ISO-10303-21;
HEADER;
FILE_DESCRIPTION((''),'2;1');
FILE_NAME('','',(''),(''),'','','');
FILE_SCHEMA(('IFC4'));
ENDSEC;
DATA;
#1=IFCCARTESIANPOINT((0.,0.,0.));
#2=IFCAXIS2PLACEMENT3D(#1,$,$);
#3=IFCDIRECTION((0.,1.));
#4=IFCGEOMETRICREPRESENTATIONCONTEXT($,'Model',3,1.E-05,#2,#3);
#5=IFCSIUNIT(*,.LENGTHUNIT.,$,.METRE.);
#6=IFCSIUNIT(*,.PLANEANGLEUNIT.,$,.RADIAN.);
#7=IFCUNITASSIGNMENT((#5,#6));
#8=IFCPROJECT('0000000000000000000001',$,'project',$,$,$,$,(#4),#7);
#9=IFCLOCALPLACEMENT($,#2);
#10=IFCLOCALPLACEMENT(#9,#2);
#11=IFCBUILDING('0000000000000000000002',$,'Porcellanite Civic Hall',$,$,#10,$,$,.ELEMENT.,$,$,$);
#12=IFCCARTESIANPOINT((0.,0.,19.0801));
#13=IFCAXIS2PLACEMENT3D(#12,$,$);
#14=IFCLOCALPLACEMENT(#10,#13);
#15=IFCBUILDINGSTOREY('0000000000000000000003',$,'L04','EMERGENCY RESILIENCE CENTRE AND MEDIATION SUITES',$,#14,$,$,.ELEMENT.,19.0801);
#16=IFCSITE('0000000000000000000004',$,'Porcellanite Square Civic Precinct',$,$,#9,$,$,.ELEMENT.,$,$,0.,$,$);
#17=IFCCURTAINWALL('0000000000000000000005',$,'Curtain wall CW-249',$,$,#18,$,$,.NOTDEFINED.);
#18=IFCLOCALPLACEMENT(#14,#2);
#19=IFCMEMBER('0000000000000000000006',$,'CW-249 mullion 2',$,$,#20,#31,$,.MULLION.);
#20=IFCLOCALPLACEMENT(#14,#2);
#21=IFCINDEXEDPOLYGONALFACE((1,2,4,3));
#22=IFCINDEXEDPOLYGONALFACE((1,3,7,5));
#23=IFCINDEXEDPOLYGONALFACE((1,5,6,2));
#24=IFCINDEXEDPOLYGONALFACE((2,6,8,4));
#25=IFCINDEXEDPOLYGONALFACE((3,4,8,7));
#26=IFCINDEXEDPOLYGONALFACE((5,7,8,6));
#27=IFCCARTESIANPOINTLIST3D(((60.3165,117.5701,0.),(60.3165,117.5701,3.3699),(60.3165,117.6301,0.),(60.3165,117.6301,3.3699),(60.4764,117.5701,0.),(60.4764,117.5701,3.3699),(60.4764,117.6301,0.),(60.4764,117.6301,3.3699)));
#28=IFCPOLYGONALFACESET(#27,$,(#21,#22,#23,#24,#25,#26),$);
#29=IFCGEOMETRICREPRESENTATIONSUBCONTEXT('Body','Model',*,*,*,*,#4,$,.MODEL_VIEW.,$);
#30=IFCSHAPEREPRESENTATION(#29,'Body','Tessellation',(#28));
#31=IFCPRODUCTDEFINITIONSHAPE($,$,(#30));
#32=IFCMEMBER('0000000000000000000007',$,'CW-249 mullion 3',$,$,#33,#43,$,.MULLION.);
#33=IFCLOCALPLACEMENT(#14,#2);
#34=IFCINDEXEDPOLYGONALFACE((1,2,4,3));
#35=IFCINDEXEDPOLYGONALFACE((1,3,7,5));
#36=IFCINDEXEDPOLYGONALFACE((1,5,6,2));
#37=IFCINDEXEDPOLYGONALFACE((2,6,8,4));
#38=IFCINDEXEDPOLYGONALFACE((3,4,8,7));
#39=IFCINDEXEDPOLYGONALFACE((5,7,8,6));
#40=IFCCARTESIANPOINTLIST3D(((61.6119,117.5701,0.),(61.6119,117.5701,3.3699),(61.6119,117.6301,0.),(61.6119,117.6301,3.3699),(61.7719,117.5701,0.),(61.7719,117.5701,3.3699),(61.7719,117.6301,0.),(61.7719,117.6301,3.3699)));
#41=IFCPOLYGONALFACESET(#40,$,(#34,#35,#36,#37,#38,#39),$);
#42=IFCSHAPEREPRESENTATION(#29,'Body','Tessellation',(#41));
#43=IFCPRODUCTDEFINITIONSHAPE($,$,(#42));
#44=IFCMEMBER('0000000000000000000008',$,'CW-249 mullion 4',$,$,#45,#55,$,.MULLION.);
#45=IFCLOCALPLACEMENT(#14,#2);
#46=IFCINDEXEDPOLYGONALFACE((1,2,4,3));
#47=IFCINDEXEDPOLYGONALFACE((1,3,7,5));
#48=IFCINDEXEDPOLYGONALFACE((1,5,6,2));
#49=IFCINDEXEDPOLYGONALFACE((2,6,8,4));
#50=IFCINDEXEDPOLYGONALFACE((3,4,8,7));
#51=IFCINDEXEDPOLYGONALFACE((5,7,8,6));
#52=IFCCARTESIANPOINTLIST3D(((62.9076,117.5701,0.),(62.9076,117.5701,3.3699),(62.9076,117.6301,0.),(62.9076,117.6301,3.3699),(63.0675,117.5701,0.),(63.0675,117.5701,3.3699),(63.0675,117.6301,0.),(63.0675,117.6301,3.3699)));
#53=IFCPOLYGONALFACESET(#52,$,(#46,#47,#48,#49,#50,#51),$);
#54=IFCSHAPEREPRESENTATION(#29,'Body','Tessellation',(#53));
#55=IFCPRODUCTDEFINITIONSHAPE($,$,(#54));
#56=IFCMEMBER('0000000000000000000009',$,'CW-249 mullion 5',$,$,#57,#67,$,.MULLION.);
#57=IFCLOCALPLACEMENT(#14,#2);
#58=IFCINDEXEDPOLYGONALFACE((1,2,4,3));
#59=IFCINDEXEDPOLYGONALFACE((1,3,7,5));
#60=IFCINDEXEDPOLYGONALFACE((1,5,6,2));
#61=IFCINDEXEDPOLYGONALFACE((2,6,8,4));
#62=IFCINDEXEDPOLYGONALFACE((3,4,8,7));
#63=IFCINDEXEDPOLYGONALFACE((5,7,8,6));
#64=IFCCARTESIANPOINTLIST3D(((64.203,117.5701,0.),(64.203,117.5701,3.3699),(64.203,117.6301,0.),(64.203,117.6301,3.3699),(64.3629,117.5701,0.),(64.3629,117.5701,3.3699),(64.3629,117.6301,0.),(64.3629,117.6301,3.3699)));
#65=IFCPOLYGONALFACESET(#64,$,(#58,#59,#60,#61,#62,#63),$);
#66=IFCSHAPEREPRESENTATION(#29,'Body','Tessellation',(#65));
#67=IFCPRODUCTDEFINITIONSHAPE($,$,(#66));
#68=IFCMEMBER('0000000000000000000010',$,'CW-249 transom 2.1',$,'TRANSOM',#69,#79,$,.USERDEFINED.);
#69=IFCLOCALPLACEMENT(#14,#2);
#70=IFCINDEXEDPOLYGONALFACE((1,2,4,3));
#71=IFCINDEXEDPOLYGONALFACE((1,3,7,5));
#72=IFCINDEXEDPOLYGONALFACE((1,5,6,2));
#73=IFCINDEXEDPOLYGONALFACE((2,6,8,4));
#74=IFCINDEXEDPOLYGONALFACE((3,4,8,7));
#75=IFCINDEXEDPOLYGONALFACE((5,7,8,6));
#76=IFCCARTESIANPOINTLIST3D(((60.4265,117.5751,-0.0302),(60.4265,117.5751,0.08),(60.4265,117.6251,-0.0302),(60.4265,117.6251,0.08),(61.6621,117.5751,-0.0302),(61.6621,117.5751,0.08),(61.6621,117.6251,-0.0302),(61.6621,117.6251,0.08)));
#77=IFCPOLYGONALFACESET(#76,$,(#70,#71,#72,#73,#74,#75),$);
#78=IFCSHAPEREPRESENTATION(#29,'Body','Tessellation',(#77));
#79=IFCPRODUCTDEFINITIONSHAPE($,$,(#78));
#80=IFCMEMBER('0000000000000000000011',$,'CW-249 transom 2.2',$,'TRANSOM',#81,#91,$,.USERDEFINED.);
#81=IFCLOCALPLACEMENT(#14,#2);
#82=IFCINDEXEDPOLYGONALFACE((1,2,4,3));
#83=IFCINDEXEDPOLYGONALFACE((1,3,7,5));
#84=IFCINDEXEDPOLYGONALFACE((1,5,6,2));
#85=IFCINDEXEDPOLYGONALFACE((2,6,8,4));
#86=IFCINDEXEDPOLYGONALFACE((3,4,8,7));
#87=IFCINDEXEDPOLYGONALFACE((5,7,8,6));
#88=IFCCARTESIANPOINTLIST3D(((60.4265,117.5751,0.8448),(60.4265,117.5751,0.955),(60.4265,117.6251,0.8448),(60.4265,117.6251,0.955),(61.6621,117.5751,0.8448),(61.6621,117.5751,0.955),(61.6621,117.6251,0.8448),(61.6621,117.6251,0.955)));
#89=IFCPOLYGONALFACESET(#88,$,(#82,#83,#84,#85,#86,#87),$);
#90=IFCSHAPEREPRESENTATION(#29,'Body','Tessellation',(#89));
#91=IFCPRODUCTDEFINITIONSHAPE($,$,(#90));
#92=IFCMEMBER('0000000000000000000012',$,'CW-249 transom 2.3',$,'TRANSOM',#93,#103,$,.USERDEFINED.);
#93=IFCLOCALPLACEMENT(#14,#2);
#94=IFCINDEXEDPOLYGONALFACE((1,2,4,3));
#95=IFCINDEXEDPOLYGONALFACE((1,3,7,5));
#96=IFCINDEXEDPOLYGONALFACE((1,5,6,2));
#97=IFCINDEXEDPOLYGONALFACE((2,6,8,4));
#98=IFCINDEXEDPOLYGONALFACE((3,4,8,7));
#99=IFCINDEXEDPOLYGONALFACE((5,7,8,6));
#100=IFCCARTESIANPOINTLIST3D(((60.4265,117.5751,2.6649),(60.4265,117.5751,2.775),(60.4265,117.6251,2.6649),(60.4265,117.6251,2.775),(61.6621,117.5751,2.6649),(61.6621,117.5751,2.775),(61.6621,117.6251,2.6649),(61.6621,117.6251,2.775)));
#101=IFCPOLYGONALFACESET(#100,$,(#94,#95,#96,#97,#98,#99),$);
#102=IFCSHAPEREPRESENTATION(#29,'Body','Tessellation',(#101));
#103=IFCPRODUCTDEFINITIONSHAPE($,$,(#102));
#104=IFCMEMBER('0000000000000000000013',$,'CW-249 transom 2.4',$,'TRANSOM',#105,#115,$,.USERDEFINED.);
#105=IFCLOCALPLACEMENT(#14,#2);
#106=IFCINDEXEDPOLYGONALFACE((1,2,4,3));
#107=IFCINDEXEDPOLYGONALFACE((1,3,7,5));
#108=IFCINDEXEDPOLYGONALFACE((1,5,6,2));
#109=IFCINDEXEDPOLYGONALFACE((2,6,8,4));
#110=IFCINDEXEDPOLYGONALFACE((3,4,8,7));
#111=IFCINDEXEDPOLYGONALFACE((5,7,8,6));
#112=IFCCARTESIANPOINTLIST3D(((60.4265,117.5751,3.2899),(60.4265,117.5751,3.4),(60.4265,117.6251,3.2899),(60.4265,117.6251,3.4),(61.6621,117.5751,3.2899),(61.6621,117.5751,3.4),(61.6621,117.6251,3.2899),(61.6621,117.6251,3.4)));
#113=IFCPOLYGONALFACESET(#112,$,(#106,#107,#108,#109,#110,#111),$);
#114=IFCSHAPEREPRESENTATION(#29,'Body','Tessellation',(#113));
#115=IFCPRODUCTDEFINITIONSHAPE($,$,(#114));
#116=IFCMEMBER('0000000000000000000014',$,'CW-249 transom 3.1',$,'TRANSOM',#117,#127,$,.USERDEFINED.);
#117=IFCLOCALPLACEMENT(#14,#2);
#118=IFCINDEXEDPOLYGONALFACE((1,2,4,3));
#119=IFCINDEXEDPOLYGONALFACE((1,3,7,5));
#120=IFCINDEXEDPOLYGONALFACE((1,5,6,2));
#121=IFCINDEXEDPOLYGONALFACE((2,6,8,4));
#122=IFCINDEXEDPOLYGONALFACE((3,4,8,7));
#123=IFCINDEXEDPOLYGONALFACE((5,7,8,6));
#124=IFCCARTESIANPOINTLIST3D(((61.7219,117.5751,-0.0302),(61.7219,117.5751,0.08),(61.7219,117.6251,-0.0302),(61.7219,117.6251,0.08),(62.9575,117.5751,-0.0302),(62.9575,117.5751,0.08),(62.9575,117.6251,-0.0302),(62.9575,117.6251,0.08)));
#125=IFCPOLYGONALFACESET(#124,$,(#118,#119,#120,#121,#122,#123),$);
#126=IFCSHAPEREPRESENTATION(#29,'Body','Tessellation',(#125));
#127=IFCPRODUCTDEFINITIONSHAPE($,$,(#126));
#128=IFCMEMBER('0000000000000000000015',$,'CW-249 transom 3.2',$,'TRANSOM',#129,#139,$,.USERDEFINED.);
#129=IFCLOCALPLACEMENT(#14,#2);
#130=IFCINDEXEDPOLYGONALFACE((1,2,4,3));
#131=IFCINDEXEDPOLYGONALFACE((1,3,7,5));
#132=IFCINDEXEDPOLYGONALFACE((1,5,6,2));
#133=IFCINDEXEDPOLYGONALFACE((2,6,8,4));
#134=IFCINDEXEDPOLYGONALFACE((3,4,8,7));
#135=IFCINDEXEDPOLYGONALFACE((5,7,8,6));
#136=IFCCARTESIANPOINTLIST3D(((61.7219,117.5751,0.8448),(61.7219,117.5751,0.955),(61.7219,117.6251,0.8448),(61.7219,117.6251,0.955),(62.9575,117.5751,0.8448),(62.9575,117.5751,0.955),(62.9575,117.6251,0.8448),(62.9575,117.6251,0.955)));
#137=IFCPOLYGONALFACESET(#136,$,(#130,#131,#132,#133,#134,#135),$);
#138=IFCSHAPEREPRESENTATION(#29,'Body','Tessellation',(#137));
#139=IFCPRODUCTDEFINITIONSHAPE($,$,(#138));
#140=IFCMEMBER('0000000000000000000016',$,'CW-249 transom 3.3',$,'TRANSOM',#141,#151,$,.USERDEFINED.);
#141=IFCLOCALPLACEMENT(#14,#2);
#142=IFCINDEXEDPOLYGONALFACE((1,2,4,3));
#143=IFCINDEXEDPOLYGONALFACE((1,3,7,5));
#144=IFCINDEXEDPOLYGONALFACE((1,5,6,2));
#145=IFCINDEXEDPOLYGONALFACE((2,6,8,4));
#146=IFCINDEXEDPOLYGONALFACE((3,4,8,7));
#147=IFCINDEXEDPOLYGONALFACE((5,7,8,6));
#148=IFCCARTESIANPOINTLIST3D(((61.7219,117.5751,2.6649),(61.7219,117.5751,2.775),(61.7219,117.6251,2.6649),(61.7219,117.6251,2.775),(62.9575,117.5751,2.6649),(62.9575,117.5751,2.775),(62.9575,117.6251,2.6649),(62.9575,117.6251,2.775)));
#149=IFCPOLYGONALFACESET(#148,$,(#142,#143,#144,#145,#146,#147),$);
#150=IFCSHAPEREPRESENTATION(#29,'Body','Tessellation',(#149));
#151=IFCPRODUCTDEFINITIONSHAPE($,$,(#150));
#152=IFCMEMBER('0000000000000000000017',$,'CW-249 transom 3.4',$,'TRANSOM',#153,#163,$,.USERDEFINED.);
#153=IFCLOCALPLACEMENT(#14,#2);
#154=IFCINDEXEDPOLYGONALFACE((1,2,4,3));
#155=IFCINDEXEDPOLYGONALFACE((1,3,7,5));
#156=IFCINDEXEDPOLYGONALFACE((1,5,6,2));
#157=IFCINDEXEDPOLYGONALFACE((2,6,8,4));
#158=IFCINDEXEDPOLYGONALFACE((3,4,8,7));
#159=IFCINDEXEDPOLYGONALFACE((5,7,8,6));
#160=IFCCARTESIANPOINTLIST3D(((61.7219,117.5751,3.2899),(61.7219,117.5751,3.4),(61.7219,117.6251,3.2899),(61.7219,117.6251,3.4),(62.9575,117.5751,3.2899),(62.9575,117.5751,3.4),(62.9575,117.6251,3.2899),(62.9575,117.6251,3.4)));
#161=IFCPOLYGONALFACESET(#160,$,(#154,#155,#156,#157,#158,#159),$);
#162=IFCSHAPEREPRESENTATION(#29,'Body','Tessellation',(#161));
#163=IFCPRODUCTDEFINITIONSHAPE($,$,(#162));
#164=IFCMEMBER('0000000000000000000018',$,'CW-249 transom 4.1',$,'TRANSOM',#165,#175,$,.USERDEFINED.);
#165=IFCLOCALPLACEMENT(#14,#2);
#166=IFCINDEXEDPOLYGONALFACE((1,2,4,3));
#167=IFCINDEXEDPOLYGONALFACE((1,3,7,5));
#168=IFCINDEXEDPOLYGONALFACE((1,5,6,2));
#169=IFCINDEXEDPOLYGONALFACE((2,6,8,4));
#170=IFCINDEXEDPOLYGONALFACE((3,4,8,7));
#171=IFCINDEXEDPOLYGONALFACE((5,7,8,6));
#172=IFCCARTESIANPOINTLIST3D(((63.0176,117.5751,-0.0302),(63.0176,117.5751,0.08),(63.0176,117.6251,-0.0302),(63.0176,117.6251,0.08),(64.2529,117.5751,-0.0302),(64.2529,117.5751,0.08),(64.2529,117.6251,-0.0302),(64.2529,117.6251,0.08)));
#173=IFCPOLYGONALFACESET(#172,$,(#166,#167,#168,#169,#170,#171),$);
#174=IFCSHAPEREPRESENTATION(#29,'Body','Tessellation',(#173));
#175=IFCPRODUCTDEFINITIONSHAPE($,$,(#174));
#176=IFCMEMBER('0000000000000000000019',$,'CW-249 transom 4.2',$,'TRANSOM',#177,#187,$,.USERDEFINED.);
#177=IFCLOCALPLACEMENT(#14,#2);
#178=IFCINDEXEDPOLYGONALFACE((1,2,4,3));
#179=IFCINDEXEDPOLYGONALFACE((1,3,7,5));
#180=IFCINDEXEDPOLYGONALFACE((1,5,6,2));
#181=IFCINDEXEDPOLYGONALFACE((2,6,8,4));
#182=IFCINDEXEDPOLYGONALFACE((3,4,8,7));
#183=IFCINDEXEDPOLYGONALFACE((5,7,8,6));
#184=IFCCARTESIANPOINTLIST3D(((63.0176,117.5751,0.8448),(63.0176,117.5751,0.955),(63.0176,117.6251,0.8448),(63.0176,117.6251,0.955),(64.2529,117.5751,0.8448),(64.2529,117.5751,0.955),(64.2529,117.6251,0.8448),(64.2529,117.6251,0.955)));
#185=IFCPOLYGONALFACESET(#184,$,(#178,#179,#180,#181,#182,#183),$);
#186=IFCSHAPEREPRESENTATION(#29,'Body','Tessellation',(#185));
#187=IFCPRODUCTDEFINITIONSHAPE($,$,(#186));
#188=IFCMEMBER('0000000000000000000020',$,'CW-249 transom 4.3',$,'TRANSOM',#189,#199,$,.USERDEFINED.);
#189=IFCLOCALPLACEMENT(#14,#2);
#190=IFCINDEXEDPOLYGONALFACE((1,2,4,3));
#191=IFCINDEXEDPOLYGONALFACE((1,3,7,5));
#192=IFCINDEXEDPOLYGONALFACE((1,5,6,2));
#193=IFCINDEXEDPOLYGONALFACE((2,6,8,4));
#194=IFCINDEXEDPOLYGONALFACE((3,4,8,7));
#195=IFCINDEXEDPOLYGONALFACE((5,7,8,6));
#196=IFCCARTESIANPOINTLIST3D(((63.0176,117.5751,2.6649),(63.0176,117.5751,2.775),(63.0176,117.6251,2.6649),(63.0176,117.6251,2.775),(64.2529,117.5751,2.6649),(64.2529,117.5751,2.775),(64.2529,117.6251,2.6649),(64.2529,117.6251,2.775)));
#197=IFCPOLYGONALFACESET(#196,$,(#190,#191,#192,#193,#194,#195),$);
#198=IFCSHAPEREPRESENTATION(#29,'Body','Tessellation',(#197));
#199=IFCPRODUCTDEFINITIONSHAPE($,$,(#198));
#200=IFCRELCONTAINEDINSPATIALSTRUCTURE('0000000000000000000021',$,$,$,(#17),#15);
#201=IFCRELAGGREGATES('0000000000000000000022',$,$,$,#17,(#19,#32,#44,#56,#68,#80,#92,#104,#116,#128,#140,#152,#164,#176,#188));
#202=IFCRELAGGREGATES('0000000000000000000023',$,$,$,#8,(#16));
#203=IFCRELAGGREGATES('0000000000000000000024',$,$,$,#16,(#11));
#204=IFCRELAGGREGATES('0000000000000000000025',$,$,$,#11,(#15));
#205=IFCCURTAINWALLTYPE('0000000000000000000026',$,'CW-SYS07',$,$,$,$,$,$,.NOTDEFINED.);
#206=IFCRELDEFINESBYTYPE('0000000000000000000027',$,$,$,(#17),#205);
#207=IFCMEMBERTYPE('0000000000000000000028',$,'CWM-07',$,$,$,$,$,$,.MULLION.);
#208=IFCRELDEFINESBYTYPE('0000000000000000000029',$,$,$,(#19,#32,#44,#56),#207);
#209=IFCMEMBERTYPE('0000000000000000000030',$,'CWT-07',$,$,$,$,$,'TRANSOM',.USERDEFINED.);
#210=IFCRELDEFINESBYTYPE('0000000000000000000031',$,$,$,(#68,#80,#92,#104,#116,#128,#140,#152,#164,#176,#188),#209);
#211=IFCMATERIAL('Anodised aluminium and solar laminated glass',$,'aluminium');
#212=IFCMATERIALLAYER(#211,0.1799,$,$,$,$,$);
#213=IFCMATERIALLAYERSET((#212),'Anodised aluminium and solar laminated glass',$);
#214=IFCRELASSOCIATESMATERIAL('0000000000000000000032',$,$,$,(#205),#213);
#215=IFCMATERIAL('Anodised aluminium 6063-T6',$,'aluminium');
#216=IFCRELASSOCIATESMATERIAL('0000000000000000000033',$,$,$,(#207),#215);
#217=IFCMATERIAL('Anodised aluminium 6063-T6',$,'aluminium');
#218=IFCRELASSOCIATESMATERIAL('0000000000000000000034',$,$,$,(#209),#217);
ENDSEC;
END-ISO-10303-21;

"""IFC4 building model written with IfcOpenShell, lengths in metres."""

from ifc_helpers import new_model, si_unit, direction, frame, origin, origin_2d, place, context, subcontext, project, spatial, rectangle, extrude, material, layer, layer_set, material_profile, profile_set, type_object, element, aggregate, save


model = new_model("IFC4")

# Units and contexts
model_context = context("Model", 3, precision=1e-05, world=origin(), true_north=direction((0.0, 1.0)))
body_context = subcontext(model_context, "Body", "Model", "MODEL_VIEW")
ifc_project = project(units=[si_unit("LENGTHUNIT", "METRE"), si_unit("PLANEANGLEUNIT", "RADIAN")], contexts=[model_context])

# Site, building, storey
site_placement = place(None, origin())
site = spatial("IfcSite", under=ifc_project, at=site_placement, Name="Porcellanite Square Civic Precinct", CompositionType="ELEMENT", RefElevation=0.0)
building_placement = place(site_placement, origin())
building = spatial("IfcBuilding", under=site, at=building_placement, Name="Porcellanite Civic Hall", CompositionType="ELEMENT")
storey_placement = place(building_placement, frame((0.0, 0.0, 19.0801)))
storey = spatial("IfcBuildingStorey", under=building, at=storey_placement, Name="L04", Description="EMERGENCY RESILIENCE CENTRE AND MEDIATION SUITES", CompositionType="ELEMENT", Elevation=19.0801)

# Curtain wall, members
ifc_material_1 = material(Name="Anodised aluminium and solar laminated glass", Category="aluminium")
ifc_layer_1 = layer(ifc_material_1, 0.1799)
ifc_layer_set_1 = layer_set([ifc_layer_1], Name="Anodised aluminium and solar laminated glass")
curtain_wall_type = type_object("IfcCurtainWallType", Name="CW-SYS07", PredefinedType="NOTDEFINED", material=ifc_layer_set_1)
curtain_wall_placement = place(storey_placement, origin())
curtain_wall = element("IfcCurtainWall", 1, at=curtain_wall_placement, inside=storey, type_object=curtain_wall_type, Name="Curtain wall CW-249", PredefinedType="NOTDEFINED")
ifc_material_2 = material(Name="Anodised aluminium 6063-T6", Category="aluminium")
ifc_material_profile_1 = material_profile(ifc_material_2, rectangle(XDim=0.0601, YDim=0.1599, at=origin_2d()), Name="AL-60x160")
ifc_profile_set_1 = profile_set([ifc_material_profile_1], Name="Anodised aluminium 6063-T6")
member_type_1 = type_object("IfcMemberType", Name="CWM-07", PredefinedType="MULLION", material=ifc_profile_set_1)
member_1_placement = place(storey_placement, frame((60.3965, 117.6001, 0.0), z_axis=(0.0, 0.0, 1.0), x_axis=(0.0, 1.0, 0.0)))
member_1 = element("IfcMember", 2, at=member_1_placement, type_object=member_type_1, Name="CW-249 mullion 2", PredefinedType="MULLION", context=body_context, shape_type="SweptSolid", body=[
    extrude(rectangle(XDim=0.0601, YDim=0.1599, at=origin_2d()), origin(), (0.0, 0.0, 1.0), 3.3699),
])
member_2_placement = place(storey_placement, frame((61.6919, 117.6001, 0.0), z_axis=(0.0, 0.0, 1.0), x_axis=(0.0, 1.0, 0.0)))
member_2 = element("IfcMember", 3, at=member_2_placement, type_object=member_type_1, Name="CW-249 mullion 3", PredefinedType="MULLION", context=body_context, shape_type="SweptSolid", body=[
    extrude(rectangle(XDim=0.0601, YDim=0.1599, at=origin_2d()), origin(), (0.0, 0.0, 1.0), 3.3699),
])
member_3_placement = place(storey_placement, frame((62.9875, 117.6001, 0.0), z_axis=(0.0, 0.0, 1.0), x_axis=(0.0, 1.0, 0.0)))
member_3 = element("IfcMember", 4, at=member_3_placement, type_object=member_type_1, Name="CW-249 mullion 4", PredefinedType="MULLION", context=body_context, shape_type="SweptSolid", body=[
    extrude(rectangle(XDim=0.0601, YDim=0.1599, at=origin_2d()), origin(), (0.0, 0.0, 1.0), 3.3699),
])
member_4_placement = place(storey_placement, frame((64.283, 117.6001, 0.0), z_axis=(0.0, 0.0, 1.0), x_axis=(0.0, 1.0, 0.0)))
member_4 = element("IfcMember", 5, at=member_4_placement, type_object=member_type_1, Name="CW-249 mullion 5", PredefinedType="MULLION", context=body_context, shape_type="SweptSolid", body=[
    extrude(rectangle(XDim=0.0601, YDim=0.1599, at=origin_2d()), origin(), (0.0, 0.0, 1.0), 3.3699),
])
ifc_material_3 = material(Name="Anodised aluminium 6063-T6", Category="aluminium")
ifc_material_profile_2 = material_profile(ifc_material_3, rectangle(XDim=0.05, YDim=0.1101, at=origin_2d()), Name="AL-50x110")
ifc_profile_set_2 = profile_set([ifc_material_profile_2], Name="Anodised aluminium 6063-T6")
member_type_2 = type_object("IfcMemberType", Name="CWT-07", ElementType="TRANSOM", PredefinedType="USERDEFINED", material=ifc_profile_set_2)
member_5_placement = place(storey_placement, frame((60.4265, 117.6001, 0.0249), z_axis=(1.0, 0.0, 0.0), x_axis=(0.0, 1.0, 0.0)))
member_5 = element("IfcMember", 6, at=member_5_placement, type_object=member_type_2, Name="CW-249 transom 2.1", ObjectType="TRANSOM", PredefinedType="USERDEFINED", context=body_context, shape_type="SweptSolid", body=[
    extrude(rectangle(XDim=0.05, YDim=0.1101, at=origin_2d()), origin(), (0.0, 0.0, 1.0), 1.2356),
])
member_6_placement = place(storey_placement, frame((60.4265, 117.6001, 0.8999), z_axis=(1.0, 0.0, 0.0), x_axis=(0.0, 1.0, 0.0)))
member_6 = element("IfcMember", 7, at=member_6_placement, type_object=member_type_2, Name="CW-249 transom 2.2", ObjectType="TRANSOM", PredefinedType="USERDEFINED", context=body_context, shape_type="SweptSolid", body=[
    extrude(rectangle(XDim=0.05, YDim=0.1101, at=origin_2d()), origin(), (0.0, 0.0, 1.0), 1.2356),
])
member_7_placement = place(storey_placement, frame((60.4265, 117.6001, 2.72), z_axis=(1.0, 0.0, 0.0), x_axis=(0.0, 1.0, 0.0)))
member_7 = element("IfcMember", 8, at=member_7_placement, type_object=member_type_2, Name="CW-249 transom 2.3", ObjectType="TRANSOM", PredefinedType="USERDEFINED", context=body_context, shape_type="SweptSolid", body=[
    extrude(rectangle(XDim=0.05, YDim=0.1101, at=origin_2d()), origin(), (0.0, 0.0, 1.0), 1.2356),
])
member_8_placement = place(storey_placement, frame((60.4265, 117.6001, 3.345), z_axis=(1.0, 0.0, 0.0), x_axis=(0.0, 1.0, 0.0)))
member_8 = element("IfcMember", 9, at=member_8_placement, type_object=member_type_2, Name="CW-249 transom 2.4", ObjectType="TRANSOM", PredefinedType="USERDEFINED", context=body_context, shape_type="SweptSolid", body=[
    extrude(rectangle(XDim=0.05, YDim=0.1101, at=origin_2d()), origin(), (0.0, 0.0, 1.0), 1.2356),
])
member_9_placement = place(storey_placement, frame((61.7219, 117.6001, 0.0249), z_axis=(1.0, 0.0, 0.0), x_axis=(0.0, 1.0, 0.0)))
member_9 = element("IfcMember", 10, at=member_9_placement, type_object=member_type_2, Name="CW-249 transom 3.1", ObjectType="TRANSOM", PredefinedType="USERDEFINED", context=body_context, shape_type="SweptSolid", body=[
    extrude(rectangle(XDim=0.05, YDim=0.1101, at=origin_2d()), origin(), (0.0, 0.0, 1.0), 1.2356),
])
member_10_placement = place(storey_placement, frame((61.7219, 117.6001, 0.8999), z_axis=(1.0, 0.0, 0.0), x_axis=(0.0, 1.0, 0.0)))
member_10 = element("IfcMember", 11, at=member_10_placement, type_object=member_type_2, Name="CW-249 transom 3.2", ObjectType="TRANSOM", PredefinedType="USERDEFINED", context=body_context, shape_type="SweptSolid", body=[
    extrude(rectangle(XDim=0.05, YDim=0.1101, at=origin_2d()), origin(), (0.0, 0.0, 1.0), 1.2356),
])
member_11_placement = place(storey_placement, frame((61.7219, 117.6001, 2.72), z_axis=(1.0, 0.0, 0.0), x_axis=(0.0, 1.0, 0.0)))
member_11 = element("IfcMember", 12, at=member_11_placement, type_object=member_type_2, Name="CW-249 transom 3.3", ObjectType="TRANSOM", PredefinedType="USERDEFINED", context=body_context, shape_type="SweptSolid", body=[
    extrude(rectangle(XDim=0.05, YDim=0.1101, at=origin_2d()), origin(), (0.0, 0.0, 1.0), 1.2356),
])
member_12_placement = place(storey_placement, frame((61.7219, 117.6001, 3.345), z_axis=(1.0, 0.0, 0.0), x_axis=(0.0, 1.0, 0.0)))
member_12 = element("IfcMember", 13, at=member_12_placement, type_object=member_type_2, Name="CW-249 transom 3.4", ObjectType="TRANSOM", PredefinedType="USERDEFINED", context=body_context, shape_type="SweptSolid", body=[
    extrude(rectangle(XDim=0.05, YDim=0.1101, at=origin_2d()), origin(), (0.0, 0.0, 1.0), 1.2356),
])
member_13_placement = place(storey_placement, frame((63.0176, 117.6001, 0.0249), z_axis=(1.0, 0.0, 0.0), x_axis=(0.0, 1.0, 0.0)))
member_13 = element("IfcMember", 14, at=member_13_placement, type_object=member_type_2, Name="CW-249 transom 4.1", ObjectType="TRANSOM", PredefinedType="USERDEFINED", context=body_context, shape_type="SweptSolid", body=[
    extrude(rectangle(XDim=0.05, YDim=0.1101, at=origin_2d()), origin(), (0.0, 0.0, 1.0), 1.2354),
])
member_14_placement = place(storey_placement, frame((63.0176, 117.6001, 0.8999), z_axis=(1.0, 0.0, 0.0), x_axis=(0.0, 1.0, 0.0)))
member_14 = element("IfcMember", 15, at=member_14_placement, type_object=member_type_2, Name="CW-249 transom 4.2", ObjectType="TRANSOM", PredefinedType="USERDEFINED", context=body_context, shape_type="SweptSolid", body=[
    extrude(rectangle(XDim=0.05, YDim=0.1101, at=origin_2d()), origin(), (0.0, 0.0, 1.0), 1.2354),
])
member_15_placement = place(storey_placement, frame((63.0176, 117.6001, 2.72), z_axis=(1.0, 0.0, 0.0), x_axis=(0.0, 1.0, 0.0)))
member_15 = element("IfcMember", 16, at=member_15_placement, type_object=member_type_2, Name="CW-249 transom 4.3", ObjectType="TRANSOM", PredefinedType="USERDEFINED", context=body_context, shape_type="SweptSolid", body=[
    extrude(rectangle(XDim=0.05, YDim=0.1101, at=origin_2d()), origin(), (0.0, 0.0, 1.0), 1.2354),
])
aggregate(curtain_wall, [member_1, member_2, member_3, member_4, member_5, member_6, member_7, member_8, member_9, member_10, member_11, member_12, member_13, member_14, member_15])

save(model, "model.ifc")
